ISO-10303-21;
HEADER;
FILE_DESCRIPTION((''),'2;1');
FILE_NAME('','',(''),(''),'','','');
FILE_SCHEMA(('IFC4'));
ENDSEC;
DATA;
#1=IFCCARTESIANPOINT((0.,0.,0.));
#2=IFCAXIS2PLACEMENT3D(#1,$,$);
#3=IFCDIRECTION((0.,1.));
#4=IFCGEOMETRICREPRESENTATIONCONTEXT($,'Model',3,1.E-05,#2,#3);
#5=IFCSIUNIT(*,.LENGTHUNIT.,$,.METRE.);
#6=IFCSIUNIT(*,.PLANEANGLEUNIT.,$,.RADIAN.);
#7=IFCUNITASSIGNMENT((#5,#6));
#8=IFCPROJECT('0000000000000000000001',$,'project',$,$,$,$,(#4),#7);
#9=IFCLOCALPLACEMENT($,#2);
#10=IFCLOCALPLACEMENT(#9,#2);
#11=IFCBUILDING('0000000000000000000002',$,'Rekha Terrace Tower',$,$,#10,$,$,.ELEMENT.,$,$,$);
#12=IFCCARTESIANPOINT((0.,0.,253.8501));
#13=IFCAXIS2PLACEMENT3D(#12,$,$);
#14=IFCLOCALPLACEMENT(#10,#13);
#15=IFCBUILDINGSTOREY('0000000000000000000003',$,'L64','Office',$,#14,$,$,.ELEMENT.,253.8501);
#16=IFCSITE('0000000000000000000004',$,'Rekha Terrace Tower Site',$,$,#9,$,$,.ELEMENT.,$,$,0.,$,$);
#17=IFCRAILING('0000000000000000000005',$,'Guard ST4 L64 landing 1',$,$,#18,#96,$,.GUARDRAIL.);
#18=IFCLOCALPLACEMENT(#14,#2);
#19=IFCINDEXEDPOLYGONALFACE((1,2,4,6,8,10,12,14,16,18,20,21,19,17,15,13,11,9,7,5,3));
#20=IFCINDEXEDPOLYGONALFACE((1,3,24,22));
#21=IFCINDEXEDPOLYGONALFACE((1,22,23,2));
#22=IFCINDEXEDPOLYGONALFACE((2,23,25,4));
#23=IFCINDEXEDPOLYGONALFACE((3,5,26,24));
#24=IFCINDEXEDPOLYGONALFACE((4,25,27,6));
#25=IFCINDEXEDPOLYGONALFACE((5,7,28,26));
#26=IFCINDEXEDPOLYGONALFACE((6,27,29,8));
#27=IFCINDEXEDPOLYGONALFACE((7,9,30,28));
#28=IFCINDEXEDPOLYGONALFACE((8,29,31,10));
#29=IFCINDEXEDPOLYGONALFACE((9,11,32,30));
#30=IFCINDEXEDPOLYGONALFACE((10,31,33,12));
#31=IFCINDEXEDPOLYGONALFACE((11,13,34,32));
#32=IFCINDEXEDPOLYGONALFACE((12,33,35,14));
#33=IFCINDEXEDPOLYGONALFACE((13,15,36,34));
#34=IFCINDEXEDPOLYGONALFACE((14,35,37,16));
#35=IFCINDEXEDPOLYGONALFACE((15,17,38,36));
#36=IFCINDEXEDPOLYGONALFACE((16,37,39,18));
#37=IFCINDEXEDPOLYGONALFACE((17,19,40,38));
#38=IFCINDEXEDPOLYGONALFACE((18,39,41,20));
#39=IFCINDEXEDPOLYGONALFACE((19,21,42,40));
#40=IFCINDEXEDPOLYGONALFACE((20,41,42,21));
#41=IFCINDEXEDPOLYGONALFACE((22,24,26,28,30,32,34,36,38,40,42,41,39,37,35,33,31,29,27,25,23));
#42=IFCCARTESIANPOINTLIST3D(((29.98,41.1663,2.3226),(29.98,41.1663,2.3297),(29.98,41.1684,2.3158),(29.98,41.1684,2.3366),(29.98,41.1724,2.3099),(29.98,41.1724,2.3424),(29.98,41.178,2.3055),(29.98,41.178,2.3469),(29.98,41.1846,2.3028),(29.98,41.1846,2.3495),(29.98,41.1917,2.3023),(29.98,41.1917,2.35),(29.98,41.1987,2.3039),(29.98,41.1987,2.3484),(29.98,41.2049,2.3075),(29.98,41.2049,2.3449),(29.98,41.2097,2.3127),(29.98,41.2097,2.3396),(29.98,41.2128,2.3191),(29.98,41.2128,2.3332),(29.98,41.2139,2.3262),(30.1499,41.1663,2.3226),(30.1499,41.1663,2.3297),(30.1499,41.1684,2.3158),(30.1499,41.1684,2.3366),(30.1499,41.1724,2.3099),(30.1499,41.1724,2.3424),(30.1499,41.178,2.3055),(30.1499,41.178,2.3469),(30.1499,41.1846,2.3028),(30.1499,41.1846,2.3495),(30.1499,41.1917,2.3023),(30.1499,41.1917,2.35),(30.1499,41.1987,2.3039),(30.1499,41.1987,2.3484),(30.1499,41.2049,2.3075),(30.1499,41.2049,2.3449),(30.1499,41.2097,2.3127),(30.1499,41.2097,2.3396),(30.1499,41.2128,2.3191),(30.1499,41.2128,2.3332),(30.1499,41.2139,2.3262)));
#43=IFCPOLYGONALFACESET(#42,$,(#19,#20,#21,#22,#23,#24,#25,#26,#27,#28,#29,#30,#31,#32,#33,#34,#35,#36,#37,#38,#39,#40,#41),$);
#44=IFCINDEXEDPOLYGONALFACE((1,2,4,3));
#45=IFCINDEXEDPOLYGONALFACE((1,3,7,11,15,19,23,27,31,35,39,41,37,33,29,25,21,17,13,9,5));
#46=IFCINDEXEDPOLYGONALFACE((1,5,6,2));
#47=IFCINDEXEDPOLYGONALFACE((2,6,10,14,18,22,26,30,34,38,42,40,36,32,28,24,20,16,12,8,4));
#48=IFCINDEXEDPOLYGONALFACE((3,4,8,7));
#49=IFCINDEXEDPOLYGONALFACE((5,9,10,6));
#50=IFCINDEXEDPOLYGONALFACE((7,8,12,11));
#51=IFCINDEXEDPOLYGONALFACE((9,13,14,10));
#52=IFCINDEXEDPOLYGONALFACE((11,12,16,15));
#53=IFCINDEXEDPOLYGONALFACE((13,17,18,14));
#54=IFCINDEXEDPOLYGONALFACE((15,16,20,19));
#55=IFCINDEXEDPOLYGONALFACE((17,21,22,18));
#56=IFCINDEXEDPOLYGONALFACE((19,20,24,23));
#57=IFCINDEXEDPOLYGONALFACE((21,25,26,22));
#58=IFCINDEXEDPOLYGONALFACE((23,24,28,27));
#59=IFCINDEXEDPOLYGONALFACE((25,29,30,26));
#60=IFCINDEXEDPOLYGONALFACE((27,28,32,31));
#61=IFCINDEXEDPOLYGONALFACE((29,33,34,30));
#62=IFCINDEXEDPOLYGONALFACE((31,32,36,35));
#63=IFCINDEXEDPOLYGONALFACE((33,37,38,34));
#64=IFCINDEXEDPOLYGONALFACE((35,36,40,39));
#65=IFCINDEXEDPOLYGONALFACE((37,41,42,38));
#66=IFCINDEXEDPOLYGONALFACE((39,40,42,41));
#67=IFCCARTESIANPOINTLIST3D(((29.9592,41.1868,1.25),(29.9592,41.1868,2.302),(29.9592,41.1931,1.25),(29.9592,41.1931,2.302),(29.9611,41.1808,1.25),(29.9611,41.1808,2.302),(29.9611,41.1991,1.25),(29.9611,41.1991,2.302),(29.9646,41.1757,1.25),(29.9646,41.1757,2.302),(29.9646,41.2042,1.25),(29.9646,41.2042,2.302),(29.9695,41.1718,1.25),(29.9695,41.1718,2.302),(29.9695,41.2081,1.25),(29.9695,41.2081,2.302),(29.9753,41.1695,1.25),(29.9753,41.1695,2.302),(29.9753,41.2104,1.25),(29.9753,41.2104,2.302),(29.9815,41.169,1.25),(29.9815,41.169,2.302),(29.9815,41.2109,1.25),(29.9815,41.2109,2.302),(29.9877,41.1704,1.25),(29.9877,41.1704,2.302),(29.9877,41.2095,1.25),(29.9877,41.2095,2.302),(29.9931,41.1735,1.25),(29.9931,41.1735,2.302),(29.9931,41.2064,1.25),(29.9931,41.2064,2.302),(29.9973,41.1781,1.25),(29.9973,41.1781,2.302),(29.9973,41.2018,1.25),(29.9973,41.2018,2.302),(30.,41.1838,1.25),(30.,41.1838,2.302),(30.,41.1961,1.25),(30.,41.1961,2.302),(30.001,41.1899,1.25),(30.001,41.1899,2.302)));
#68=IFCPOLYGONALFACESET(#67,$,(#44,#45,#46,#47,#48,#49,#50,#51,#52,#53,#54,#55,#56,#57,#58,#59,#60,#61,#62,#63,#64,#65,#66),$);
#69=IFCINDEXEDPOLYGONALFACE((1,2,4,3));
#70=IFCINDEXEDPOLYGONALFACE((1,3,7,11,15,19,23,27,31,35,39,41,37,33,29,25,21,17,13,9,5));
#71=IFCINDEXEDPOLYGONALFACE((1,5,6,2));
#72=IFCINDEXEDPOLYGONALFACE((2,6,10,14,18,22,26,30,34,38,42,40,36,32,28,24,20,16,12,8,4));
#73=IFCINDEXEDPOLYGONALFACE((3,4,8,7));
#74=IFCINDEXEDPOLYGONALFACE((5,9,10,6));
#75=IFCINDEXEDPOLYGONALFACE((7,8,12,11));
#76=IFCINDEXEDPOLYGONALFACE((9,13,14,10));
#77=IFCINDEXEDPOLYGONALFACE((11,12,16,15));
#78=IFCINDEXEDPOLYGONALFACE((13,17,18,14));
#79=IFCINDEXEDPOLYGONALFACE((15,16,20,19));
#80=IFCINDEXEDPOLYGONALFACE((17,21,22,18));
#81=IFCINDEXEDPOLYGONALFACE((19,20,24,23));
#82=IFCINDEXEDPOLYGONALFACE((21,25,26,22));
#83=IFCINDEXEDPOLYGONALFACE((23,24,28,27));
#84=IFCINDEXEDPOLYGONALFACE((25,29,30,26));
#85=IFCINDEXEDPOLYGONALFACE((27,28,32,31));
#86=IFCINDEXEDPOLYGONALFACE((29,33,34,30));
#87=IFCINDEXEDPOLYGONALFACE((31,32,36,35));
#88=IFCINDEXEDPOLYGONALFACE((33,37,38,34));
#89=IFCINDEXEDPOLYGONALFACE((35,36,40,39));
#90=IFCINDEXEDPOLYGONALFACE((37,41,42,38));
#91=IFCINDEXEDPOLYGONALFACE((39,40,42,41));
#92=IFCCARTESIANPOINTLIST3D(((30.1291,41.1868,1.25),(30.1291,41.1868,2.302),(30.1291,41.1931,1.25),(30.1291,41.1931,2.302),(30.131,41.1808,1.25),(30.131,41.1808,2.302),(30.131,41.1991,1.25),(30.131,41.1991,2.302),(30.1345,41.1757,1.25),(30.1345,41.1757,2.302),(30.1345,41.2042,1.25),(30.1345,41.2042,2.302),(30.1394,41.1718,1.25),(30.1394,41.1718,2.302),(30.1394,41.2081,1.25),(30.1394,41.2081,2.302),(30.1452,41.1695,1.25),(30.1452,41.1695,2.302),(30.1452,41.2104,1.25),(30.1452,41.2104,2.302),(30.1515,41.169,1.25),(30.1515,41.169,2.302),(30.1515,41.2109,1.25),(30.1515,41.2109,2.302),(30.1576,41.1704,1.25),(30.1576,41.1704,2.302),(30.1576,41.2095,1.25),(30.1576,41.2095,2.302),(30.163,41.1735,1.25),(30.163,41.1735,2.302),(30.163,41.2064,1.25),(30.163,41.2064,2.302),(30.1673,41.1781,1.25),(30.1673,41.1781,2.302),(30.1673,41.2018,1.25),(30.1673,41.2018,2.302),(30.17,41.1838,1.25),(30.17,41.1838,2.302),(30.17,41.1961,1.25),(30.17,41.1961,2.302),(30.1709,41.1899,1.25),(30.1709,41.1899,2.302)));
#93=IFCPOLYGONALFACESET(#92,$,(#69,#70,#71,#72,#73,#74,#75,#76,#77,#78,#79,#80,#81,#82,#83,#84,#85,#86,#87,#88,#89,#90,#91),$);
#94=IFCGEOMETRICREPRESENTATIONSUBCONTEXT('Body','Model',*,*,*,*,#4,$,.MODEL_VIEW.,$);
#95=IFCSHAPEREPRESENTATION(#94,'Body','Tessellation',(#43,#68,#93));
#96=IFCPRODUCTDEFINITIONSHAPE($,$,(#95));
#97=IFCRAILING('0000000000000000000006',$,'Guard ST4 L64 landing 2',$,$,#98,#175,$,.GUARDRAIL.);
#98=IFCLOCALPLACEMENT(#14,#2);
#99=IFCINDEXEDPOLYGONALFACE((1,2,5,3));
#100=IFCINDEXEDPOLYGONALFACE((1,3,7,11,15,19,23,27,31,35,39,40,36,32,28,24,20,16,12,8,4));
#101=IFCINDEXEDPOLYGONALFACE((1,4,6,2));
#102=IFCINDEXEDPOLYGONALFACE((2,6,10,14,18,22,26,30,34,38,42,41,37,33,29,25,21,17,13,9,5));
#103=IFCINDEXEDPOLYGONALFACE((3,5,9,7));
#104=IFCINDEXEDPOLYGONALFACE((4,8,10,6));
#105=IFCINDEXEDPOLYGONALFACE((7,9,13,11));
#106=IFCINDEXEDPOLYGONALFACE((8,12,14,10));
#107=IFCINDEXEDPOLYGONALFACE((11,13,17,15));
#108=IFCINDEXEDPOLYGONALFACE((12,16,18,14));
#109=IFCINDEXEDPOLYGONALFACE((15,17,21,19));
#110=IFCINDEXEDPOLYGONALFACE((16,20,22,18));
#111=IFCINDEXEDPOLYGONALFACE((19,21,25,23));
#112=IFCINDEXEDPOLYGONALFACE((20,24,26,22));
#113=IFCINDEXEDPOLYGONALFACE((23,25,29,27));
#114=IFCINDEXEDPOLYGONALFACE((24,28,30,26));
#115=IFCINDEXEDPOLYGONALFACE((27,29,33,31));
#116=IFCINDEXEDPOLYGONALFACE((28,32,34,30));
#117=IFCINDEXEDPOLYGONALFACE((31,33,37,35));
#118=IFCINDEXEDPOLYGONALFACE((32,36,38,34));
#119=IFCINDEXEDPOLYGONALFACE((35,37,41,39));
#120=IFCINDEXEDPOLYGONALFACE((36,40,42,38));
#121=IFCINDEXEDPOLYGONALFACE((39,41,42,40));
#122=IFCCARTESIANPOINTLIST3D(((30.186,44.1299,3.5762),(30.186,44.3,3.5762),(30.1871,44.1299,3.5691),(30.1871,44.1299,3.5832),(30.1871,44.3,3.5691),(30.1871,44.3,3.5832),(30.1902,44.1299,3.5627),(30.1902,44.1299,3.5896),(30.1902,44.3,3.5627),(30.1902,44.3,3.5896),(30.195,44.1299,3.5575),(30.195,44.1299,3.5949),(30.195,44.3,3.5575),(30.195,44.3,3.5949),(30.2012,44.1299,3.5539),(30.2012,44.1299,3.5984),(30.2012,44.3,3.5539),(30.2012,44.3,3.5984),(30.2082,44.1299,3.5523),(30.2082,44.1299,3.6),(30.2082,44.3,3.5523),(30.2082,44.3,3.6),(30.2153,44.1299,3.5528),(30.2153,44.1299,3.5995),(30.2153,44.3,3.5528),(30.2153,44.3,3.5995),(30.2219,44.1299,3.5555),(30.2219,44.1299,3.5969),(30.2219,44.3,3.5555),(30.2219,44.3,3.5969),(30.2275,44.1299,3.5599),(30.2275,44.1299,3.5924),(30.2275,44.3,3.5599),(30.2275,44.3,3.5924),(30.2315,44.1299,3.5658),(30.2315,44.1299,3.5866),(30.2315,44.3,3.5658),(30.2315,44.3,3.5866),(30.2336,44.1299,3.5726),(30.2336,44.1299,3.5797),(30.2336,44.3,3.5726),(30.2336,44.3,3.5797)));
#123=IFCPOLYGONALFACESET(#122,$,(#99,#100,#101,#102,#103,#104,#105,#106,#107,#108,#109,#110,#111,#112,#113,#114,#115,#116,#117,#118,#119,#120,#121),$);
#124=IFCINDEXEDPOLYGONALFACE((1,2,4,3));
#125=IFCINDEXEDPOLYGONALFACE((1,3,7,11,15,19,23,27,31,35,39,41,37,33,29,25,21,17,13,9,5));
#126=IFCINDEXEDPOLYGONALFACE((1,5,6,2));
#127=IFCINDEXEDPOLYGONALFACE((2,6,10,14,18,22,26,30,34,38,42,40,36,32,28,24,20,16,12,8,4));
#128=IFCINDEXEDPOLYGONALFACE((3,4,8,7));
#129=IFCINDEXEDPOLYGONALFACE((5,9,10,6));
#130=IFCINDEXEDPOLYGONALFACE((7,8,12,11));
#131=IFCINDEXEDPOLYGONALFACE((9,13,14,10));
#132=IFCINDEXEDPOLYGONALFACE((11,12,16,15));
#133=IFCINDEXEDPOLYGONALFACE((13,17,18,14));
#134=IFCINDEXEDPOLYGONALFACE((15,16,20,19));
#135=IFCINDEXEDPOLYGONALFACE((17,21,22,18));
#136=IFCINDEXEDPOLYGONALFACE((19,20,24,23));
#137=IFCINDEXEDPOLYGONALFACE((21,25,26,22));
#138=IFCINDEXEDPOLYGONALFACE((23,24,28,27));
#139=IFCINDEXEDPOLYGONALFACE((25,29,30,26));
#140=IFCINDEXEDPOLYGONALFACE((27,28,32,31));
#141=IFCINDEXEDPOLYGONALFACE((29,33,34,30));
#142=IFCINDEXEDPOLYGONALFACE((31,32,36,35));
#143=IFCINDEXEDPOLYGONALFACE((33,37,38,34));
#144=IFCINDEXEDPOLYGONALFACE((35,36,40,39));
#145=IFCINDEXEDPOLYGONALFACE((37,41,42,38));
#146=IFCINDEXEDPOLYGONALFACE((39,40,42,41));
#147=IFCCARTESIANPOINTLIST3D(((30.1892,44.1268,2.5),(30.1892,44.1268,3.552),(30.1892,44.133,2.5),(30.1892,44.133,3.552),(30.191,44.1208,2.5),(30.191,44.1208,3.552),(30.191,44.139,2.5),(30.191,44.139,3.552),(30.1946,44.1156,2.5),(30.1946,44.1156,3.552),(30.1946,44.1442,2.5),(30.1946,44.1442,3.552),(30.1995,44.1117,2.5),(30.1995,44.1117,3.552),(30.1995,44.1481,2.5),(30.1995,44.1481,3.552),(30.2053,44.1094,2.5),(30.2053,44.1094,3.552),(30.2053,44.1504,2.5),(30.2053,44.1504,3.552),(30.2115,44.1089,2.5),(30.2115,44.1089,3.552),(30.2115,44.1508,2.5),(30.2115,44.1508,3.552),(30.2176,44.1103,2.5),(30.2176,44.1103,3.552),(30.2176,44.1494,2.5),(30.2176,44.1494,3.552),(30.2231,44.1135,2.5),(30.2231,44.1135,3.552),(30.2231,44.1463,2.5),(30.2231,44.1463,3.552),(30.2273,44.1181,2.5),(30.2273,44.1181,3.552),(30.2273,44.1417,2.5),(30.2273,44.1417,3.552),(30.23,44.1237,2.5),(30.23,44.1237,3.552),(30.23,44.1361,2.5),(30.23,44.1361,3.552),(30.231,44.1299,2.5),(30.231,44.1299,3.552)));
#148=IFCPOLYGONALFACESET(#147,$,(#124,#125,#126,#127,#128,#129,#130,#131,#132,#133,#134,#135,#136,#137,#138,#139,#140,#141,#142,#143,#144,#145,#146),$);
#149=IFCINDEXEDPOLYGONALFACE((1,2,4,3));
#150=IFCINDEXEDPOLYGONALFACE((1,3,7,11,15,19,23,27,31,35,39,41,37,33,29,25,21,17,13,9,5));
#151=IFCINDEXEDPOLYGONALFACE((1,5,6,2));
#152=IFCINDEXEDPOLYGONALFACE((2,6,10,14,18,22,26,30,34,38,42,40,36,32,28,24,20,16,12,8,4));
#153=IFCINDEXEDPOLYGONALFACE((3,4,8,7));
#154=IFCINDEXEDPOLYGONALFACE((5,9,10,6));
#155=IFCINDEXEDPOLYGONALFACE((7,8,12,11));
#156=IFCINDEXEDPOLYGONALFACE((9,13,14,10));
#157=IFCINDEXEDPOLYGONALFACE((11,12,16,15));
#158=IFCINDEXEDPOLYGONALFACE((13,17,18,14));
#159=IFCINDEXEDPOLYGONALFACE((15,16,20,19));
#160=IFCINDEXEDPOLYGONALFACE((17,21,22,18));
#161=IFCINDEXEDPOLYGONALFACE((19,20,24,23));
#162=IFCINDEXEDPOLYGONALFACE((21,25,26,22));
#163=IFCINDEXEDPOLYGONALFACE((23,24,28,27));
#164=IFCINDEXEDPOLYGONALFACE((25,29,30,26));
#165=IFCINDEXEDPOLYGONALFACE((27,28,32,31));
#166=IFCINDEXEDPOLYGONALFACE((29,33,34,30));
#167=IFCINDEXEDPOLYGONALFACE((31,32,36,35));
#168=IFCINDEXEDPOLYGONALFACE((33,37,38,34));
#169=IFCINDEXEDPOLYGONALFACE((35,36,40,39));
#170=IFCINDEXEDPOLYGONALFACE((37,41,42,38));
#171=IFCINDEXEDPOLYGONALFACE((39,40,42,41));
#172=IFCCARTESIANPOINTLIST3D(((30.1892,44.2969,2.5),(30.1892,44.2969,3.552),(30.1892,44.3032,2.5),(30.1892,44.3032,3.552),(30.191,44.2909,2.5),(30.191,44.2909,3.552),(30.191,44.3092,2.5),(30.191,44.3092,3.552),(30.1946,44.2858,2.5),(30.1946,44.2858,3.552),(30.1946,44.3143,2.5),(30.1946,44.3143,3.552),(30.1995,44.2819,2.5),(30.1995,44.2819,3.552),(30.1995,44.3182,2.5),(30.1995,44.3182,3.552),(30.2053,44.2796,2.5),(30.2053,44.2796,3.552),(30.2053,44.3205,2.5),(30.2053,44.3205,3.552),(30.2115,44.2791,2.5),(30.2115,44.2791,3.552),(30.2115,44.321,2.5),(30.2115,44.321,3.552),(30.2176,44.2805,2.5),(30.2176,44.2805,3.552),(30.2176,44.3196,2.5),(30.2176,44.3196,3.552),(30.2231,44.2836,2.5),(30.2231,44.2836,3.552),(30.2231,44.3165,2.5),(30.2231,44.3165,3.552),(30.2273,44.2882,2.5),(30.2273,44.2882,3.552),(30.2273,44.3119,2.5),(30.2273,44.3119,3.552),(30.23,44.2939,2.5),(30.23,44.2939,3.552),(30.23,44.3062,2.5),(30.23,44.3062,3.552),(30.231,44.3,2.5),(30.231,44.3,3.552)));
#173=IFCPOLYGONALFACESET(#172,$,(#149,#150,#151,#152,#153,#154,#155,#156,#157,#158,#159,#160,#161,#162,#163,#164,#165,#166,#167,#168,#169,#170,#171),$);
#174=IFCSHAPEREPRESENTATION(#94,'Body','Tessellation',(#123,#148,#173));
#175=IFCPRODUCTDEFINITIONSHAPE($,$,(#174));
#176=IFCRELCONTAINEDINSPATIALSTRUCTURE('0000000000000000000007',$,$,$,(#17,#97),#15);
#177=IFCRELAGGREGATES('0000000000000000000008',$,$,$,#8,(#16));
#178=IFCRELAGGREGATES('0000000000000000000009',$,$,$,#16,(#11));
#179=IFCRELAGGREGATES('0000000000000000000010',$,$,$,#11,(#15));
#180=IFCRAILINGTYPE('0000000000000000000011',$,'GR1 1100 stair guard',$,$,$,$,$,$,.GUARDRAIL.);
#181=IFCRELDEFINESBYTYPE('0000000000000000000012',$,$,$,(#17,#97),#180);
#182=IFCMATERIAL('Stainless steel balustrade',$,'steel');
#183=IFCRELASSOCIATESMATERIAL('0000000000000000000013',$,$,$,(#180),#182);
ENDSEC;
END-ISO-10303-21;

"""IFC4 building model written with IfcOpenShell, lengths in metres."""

from ifc_helpers import new_model, si_unit, direction, frame, origin, origin_2d, place, context, subcontext, project, spatial, circle, extrude, material, type_object, element, save


model = new_model("IFC4")

# Units and contexts
model_context = context("Model", 3, precision=1e-05, world=origin(), true_north=direction((0.0, 1.0)))
body_context = subcontext(model_context, "Body", "Model", "MODEL_VIEW")
ifc_project = project(units=[si_unit("LENGTHUNIT", "METRE"), si_unit("PLANEANGLEUNIT", "RADIAN")], contexts=[model_context])

# Site, building, storey
site_placement = place(None, origin())
site = spatial("IfcSite", under=ifc_project, at=site_placement, Name="Rekha Terrace Tower Site", CompositionType="ELEMENT", RefElevation=0.0)
building_placement = place(site_placement, origin())
building = spatial("IfcBuilding", under=site, at=building_placement, Name="Rekha Terrace Tower", CompositionType="ELEMENT")
storey_placement = place(building_placement, frame((0.0, 0.0, 253.8501)))
storey = spatial("IfcBuildingStorey", under=building, at=storey_placement, Name="L64", Description="Office", CompositionType="ELEMENT", Elevation=253.8501)

# Railings
ifc_material_1 = material(Name="Stainless steel balustrade", Category="steel")
railing_type_1 = type_object("IfcRailingType", Name="GR1 1100 stair guard", PredefinedType="GUARDRAIL", material=ifc_material_1)
railing_1_placement = place(storey_placement, frame((29.98, 41.1899, 1.25)))
element("IfcRailing", 1, at=railing_1_placement, inside=storey, type_object=railing_type_1, Name="Guard ST4 L64 landing 1", PredefinedType="GUARDRAIL", context=body_context, shape_type="SweptSolid", body=[
    extrude(circle(Radius=0.0239, at=origin_2d()), frame((0.0, 0.0, 1.0762), z_axis=(1.0, 0.0, 0.0), x_axis=(0.0, 1.0, 0.0)), (0.0, 0.0, 1.0), 0.1699),
    extrude(circle(Radius=0.021, at=origin_2d()), origin(), (0.0, 0.0, 1.0), 1.052),
    extrude(circle(Radius=0.021, at=origin_2d()), frame((0.1699, 0.0, 0.0)), (0.0, 0.0, 1.0), 1.052),
])
railing_2_placement = place(storey_placement, frame((30.21, 44.1299, 2.5)))
element("IfcRailing", 2, at=railing_2_placement, inside=storey, type_object=railing_type_1, Name="Guard ST4 L64 landing 2", PredefinedType="GUARDRAIL", context=body_context, shape_type="SweptSolid", body=[
    extrude(circle(Radius=0.0239, at=origin_2d()), frame((0.0, 0.0, 1.0762), z_axis=(0.0, 1.0, 0.0), x_axis=(-1.0, 0.0, 0.0)), (0.0, 0.0, 1.0), 0.1702),
    extrude(circle(Radius=0.021, at=origin_2d()), origin(), (0.0, 0.0, 1.0), 1.052),
    extrude(circle(Radius=0.021, at=origin_2d()), frame((0.0, 0.1702, 0.0)), (0.0, 0.0, 1.0), 1.052),
])

save(model, "model.ifc")
